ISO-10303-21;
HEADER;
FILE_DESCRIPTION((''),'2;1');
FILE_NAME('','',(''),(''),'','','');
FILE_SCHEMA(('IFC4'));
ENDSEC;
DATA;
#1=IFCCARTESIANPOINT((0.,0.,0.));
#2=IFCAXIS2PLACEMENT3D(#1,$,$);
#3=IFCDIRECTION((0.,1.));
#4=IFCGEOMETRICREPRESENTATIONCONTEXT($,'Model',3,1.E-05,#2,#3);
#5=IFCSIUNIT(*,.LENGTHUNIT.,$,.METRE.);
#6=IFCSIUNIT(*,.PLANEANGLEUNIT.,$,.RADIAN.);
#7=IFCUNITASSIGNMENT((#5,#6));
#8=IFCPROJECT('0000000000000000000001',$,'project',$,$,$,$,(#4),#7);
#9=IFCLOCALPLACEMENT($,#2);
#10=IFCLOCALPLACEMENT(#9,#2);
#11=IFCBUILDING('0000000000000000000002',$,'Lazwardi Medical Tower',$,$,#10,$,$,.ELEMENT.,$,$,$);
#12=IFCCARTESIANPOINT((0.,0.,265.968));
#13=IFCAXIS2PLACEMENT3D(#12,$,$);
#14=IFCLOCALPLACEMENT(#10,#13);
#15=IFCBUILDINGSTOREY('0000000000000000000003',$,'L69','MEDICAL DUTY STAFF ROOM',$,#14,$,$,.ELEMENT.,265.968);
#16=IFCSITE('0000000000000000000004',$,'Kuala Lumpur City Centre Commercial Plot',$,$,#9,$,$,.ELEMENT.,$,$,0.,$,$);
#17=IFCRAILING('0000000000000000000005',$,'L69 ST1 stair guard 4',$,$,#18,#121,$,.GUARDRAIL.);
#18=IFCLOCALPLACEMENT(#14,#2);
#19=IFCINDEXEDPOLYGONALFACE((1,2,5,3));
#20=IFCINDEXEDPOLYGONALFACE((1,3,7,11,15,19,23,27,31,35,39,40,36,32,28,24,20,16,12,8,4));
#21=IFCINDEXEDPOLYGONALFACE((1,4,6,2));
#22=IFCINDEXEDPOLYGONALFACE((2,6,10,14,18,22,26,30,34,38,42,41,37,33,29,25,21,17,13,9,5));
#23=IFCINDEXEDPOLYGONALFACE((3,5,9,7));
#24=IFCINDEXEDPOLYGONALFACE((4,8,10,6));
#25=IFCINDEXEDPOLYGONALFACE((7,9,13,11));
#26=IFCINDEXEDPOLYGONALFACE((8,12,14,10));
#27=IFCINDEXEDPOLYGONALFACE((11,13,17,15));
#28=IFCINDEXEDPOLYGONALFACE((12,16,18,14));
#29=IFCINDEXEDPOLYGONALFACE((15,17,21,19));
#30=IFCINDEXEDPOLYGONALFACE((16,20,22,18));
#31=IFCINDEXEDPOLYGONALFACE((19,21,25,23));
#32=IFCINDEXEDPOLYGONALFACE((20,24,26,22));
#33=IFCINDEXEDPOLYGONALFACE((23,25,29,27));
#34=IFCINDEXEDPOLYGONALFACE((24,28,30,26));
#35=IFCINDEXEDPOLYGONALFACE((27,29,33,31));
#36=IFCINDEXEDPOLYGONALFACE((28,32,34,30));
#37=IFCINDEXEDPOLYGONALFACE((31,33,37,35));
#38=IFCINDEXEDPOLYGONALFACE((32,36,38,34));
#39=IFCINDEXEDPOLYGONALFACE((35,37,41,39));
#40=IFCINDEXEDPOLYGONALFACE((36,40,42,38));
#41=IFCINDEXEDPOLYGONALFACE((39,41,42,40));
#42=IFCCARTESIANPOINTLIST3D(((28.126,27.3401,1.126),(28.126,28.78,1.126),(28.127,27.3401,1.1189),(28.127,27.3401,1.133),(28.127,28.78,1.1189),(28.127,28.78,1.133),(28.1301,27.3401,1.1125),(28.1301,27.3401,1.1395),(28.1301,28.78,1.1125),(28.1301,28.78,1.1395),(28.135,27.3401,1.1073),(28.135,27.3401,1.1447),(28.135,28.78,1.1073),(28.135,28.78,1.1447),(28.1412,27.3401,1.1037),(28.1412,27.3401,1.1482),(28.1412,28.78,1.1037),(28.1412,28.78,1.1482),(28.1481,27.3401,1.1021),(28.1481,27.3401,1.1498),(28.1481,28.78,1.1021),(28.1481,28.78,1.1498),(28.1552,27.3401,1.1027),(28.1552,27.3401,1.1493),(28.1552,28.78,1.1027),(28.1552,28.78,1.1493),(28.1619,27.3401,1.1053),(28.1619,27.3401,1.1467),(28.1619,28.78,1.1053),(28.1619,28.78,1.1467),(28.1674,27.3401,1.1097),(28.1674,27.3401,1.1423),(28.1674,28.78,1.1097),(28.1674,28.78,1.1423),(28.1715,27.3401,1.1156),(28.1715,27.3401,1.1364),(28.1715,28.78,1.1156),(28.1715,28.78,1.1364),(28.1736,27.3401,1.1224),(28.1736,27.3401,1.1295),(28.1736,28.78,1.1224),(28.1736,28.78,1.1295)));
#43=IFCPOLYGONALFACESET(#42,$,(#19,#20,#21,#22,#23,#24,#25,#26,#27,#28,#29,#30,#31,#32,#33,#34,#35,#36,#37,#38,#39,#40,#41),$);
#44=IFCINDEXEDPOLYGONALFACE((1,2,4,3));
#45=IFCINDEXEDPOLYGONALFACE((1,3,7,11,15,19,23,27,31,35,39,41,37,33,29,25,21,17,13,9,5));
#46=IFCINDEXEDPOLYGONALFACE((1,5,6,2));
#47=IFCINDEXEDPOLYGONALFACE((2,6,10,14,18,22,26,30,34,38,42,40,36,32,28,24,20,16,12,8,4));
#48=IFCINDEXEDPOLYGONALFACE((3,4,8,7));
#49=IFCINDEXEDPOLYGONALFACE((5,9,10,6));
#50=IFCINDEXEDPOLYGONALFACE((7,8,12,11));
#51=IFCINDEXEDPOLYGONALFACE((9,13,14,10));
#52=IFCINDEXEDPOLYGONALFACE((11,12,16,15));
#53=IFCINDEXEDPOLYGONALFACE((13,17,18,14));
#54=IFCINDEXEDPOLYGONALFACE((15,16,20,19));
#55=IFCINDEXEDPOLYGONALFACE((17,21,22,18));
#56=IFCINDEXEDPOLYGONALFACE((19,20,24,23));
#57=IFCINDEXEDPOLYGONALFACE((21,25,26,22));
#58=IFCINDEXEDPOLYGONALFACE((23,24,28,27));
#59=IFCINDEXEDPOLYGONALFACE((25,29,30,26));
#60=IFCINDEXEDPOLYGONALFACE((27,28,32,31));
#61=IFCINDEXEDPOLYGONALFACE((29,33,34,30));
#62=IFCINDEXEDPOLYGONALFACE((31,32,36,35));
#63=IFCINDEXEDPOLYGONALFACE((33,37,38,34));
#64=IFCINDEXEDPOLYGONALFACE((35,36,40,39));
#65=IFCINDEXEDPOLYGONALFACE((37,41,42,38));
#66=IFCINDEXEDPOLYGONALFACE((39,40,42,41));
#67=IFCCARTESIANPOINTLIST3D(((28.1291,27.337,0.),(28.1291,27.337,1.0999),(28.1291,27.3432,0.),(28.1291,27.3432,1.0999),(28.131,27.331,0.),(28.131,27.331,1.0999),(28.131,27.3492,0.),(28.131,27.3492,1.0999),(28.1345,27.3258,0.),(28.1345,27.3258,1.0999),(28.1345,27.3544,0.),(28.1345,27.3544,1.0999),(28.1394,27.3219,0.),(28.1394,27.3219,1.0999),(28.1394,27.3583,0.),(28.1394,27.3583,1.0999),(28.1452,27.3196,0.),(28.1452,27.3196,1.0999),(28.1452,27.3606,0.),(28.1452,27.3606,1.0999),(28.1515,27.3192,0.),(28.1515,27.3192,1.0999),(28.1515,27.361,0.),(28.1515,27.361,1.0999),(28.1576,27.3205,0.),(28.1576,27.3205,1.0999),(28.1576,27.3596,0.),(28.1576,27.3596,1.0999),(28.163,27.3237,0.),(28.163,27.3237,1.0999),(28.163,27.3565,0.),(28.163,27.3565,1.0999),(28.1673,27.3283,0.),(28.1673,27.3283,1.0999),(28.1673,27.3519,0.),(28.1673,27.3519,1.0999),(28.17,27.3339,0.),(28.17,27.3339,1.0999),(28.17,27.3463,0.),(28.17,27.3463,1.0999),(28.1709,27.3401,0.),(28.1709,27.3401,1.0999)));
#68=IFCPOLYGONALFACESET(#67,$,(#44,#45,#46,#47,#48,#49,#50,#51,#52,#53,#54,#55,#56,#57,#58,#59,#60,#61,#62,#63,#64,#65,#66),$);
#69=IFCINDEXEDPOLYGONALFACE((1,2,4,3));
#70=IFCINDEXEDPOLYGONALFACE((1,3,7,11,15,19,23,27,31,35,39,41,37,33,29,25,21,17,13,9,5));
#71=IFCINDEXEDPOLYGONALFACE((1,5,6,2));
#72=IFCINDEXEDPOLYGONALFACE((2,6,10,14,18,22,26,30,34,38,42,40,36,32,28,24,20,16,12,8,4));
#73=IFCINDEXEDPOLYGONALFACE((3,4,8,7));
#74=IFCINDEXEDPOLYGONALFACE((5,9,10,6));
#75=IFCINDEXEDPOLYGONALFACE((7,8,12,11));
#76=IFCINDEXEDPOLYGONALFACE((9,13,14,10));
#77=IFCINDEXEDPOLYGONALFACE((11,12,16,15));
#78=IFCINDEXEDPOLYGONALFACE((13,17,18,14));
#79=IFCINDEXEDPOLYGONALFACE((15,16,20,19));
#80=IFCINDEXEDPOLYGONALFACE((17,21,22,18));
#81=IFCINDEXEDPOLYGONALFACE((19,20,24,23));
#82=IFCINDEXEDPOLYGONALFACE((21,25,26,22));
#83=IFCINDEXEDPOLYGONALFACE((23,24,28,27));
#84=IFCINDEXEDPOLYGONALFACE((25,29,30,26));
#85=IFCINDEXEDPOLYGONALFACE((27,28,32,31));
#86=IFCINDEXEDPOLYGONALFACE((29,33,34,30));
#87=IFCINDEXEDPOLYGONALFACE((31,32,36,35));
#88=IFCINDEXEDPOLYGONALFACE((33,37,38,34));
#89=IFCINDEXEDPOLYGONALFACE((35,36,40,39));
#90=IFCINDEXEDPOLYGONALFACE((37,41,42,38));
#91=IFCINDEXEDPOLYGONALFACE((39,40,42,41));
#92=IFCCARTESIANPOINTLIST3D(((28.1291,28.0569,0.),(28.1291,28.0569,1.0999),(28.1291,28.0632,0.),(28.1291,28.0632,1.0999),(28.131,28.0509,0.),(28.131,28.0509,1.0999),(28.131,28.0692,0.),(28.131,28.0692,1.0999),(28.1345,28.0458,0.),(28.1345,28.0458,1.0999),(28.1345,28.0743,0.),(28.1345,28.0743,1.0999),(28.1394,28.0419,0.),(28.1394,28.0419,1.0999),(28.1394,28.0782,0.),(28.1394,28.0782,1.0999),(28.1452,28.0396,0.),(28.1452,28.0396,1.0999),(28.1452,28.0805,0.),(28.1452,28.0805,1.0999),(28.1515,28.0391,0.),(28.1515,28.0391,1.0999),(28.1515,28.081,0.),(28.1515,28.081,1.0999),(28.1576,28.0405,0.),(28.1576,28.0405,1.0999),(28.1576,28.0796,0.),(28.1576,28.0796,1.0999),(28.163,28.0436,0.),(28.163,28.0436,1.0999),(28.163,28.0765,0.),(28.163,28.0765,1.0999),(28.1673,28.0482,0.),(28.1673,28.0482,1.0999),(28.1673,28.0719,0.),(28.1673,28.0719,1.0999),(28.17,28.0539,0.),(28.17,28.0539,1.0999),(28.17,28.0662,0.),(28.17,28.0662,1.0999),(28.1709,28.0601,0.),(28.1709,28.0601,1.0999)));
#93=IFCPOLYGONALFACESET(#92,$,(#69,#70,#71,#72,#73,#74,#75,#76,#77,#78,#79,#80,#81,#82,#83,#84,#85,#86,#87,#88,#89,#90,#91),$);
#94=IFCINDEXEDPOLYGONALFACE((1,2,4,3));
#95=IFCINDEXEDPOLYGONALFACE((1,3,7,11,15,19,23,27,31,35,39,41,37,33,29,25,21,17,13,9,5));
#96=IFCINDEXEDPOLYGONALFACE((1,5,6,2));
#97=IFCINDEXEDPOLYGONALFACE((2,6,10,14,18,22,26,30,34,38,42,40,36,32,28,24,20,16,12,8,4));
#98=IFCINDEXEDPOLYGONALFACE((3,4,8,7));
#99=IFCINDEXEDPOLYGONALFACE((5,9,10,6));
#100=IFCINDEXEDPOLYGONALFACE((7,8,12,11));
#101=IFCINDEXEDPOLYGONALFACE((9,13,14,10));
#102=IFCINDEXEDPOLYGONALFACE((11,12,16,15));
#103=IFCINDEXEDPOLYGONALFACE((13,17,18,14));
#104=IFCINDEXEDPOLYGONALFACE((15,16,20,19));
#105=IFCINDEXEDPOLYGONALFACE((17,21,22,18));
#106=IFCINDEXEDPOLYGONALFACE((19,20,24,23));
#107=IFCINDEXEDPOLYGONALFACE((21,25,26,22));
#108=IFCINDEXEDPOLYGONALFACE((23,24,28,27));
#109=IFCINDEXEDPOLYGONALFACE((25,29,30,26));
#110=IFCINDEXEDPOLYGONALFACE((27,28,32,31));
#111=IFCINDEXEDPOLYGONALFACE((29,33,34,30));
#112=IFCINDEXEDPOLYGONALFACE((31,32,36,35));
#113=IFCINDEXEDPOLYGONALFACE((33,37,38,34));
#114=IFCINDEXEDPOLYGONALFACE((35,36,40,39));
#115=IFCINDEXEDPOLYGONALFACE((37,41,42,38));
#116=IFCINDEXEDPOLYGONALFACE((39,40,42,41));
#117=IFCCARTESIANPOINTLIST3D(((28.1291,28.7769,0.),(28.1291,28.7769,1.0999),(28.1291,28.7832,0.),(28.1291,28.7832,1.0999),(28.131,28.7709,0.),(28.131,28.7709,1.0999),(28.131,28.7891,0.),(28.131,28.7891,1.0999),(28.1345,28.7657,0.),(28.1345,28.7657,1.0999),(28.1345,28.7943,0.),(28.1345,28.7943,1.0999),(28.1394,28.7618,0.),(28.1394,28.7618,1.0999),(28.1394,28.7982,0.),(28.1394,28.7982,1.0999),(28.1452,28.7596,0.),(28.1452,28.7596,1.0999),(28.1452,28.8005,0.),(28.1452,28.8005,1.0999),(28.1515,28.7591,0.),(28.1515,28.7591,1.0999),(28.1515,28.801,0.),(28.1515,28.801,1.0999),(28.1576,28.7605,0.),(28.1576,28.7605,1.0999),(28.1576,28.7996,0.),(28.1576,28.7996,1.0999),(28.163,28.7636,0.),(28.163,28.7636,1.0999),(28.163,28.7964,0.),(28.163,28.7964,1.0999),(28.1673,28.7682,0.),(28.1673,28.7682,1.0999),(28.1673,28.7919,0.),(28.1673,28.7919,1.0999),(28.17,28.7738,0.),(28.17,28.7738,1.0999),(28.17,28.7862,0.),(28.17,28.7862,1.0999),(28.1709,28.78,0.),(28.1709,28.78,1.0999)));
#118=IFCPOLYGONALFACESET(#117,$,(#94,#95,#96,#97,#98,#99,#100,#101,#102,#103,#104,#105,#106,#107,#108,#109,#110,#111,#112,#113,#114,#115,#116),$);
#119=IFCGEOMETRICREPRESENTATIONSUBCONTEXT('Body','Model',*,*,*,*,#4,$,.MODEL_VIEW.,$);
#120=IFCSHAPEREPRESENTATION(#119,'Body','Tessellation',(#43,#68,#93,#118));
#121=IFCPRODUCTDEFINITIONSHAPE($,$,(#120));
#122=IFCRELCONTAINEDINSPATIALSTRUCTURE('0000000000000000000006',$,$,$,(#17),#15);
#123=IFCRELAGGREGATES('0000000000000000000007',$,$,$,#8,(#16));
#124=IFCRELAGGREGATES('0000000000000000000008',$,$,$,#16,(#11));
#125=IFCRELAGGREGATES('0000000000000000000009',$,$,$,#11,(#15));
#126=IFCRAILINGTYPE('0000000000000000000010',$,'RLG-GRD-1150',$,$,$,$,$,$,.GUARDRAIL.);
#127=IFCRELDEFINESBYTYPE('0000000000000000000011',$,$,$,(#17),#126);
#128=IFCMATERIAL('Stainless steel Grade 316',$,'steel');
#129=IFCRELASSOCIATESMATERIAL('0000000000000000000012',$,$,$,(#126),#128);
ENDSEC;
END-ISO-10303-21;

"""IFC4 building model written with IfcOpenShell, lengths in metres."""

from ifc_helpers import new_model, si_unit, direction, frame, origin, origin_2d, place, context, subcontext, project, spatial, circle, extrude, material, type_object, element, save


model = new_model("IFC4")

# Units and contexts
model_context = context("Model", 3, precision=1e-05, world=origin(), true_north=direction((0.0, 1.0)))
body_context = subcontext(model_context, "Body", "Model", "MODEL_VIEW")
ifc_project = project(units=[si_unit("LENGTHUNIT", "METRE"), si_unit("PLANEANGLEUNIT", "RADIAN")], contexts=[model_context])

# Site, building, storey
site_placement = place(None, origin())
site = spatial("IfcSite", under=ifc_project, at=site_placement, Name="Kuala Lumpur City Centre Commercial Plot", CompositionType="ELEMENT", RefElevation=0.0)
building_placement = place(site_placement, origin())
building = spatial("IfcBuilding", under=site, at=building_placement, Name="Lazwardi Medical Tower", CompositionType="ELEMENT")
storey_placement = place(building_placement, frame((0.0, 0.0, 265.968)))
storey = spatial("IfcBuildingStorey", under=building, at=storey_placement, Name="L69", Description="MEDICAL DUTY STAFF ROOM", CompositionType="ELEMENT", Elevation=265.968)

# Railing
ifc_material_1 = material(Name="Stainless steel Grade 316", Category="steel")
railing_type_1 = type_object("IfcRailingType", Name="RLG-GRD-1150", PredefinedType="GUARDRAIL", material=ifc_material_1)
railing_1_placement = place(storey_placement, frame((28.1499, 27.3401, 0.0)))
element("IfcRailing", 1, at=railing_1_placement, inside=storey, type_object=railing_type_1, Name="L69 ST1 stair guard 4", PredefinedType="GUARDRAIL", context=body_context, shape_type="SweptSolid", body=[
    extrude(circle(Radius=0.0239, at=origin_2d()), frame((0.0, 0.0, 1.126), z_axis=(0.0, 1.0, 0.0), x_axis=(-1.0, 0.0, 0.0)), (0.0, 0.0, 1.0), 1.4399),
    extrude(circle(Radius=0.021, at=origin_2d()), origin(), (0.0, 0.0, 1.0), 1.0999),
    extrude(circle(Radius=0.021, at=origin_2d()), frame((0.0, 0.72, 0.0)), (0.0, 0.0, 1.0), 1.0999),
    extrude(circle(Radius=0.021, at=origin_2d()), frame((0.0, 1.4399, 0.0)), (0.0, 0.0, 1.0), 1.0999),
])

save(model, "model.ifc")
